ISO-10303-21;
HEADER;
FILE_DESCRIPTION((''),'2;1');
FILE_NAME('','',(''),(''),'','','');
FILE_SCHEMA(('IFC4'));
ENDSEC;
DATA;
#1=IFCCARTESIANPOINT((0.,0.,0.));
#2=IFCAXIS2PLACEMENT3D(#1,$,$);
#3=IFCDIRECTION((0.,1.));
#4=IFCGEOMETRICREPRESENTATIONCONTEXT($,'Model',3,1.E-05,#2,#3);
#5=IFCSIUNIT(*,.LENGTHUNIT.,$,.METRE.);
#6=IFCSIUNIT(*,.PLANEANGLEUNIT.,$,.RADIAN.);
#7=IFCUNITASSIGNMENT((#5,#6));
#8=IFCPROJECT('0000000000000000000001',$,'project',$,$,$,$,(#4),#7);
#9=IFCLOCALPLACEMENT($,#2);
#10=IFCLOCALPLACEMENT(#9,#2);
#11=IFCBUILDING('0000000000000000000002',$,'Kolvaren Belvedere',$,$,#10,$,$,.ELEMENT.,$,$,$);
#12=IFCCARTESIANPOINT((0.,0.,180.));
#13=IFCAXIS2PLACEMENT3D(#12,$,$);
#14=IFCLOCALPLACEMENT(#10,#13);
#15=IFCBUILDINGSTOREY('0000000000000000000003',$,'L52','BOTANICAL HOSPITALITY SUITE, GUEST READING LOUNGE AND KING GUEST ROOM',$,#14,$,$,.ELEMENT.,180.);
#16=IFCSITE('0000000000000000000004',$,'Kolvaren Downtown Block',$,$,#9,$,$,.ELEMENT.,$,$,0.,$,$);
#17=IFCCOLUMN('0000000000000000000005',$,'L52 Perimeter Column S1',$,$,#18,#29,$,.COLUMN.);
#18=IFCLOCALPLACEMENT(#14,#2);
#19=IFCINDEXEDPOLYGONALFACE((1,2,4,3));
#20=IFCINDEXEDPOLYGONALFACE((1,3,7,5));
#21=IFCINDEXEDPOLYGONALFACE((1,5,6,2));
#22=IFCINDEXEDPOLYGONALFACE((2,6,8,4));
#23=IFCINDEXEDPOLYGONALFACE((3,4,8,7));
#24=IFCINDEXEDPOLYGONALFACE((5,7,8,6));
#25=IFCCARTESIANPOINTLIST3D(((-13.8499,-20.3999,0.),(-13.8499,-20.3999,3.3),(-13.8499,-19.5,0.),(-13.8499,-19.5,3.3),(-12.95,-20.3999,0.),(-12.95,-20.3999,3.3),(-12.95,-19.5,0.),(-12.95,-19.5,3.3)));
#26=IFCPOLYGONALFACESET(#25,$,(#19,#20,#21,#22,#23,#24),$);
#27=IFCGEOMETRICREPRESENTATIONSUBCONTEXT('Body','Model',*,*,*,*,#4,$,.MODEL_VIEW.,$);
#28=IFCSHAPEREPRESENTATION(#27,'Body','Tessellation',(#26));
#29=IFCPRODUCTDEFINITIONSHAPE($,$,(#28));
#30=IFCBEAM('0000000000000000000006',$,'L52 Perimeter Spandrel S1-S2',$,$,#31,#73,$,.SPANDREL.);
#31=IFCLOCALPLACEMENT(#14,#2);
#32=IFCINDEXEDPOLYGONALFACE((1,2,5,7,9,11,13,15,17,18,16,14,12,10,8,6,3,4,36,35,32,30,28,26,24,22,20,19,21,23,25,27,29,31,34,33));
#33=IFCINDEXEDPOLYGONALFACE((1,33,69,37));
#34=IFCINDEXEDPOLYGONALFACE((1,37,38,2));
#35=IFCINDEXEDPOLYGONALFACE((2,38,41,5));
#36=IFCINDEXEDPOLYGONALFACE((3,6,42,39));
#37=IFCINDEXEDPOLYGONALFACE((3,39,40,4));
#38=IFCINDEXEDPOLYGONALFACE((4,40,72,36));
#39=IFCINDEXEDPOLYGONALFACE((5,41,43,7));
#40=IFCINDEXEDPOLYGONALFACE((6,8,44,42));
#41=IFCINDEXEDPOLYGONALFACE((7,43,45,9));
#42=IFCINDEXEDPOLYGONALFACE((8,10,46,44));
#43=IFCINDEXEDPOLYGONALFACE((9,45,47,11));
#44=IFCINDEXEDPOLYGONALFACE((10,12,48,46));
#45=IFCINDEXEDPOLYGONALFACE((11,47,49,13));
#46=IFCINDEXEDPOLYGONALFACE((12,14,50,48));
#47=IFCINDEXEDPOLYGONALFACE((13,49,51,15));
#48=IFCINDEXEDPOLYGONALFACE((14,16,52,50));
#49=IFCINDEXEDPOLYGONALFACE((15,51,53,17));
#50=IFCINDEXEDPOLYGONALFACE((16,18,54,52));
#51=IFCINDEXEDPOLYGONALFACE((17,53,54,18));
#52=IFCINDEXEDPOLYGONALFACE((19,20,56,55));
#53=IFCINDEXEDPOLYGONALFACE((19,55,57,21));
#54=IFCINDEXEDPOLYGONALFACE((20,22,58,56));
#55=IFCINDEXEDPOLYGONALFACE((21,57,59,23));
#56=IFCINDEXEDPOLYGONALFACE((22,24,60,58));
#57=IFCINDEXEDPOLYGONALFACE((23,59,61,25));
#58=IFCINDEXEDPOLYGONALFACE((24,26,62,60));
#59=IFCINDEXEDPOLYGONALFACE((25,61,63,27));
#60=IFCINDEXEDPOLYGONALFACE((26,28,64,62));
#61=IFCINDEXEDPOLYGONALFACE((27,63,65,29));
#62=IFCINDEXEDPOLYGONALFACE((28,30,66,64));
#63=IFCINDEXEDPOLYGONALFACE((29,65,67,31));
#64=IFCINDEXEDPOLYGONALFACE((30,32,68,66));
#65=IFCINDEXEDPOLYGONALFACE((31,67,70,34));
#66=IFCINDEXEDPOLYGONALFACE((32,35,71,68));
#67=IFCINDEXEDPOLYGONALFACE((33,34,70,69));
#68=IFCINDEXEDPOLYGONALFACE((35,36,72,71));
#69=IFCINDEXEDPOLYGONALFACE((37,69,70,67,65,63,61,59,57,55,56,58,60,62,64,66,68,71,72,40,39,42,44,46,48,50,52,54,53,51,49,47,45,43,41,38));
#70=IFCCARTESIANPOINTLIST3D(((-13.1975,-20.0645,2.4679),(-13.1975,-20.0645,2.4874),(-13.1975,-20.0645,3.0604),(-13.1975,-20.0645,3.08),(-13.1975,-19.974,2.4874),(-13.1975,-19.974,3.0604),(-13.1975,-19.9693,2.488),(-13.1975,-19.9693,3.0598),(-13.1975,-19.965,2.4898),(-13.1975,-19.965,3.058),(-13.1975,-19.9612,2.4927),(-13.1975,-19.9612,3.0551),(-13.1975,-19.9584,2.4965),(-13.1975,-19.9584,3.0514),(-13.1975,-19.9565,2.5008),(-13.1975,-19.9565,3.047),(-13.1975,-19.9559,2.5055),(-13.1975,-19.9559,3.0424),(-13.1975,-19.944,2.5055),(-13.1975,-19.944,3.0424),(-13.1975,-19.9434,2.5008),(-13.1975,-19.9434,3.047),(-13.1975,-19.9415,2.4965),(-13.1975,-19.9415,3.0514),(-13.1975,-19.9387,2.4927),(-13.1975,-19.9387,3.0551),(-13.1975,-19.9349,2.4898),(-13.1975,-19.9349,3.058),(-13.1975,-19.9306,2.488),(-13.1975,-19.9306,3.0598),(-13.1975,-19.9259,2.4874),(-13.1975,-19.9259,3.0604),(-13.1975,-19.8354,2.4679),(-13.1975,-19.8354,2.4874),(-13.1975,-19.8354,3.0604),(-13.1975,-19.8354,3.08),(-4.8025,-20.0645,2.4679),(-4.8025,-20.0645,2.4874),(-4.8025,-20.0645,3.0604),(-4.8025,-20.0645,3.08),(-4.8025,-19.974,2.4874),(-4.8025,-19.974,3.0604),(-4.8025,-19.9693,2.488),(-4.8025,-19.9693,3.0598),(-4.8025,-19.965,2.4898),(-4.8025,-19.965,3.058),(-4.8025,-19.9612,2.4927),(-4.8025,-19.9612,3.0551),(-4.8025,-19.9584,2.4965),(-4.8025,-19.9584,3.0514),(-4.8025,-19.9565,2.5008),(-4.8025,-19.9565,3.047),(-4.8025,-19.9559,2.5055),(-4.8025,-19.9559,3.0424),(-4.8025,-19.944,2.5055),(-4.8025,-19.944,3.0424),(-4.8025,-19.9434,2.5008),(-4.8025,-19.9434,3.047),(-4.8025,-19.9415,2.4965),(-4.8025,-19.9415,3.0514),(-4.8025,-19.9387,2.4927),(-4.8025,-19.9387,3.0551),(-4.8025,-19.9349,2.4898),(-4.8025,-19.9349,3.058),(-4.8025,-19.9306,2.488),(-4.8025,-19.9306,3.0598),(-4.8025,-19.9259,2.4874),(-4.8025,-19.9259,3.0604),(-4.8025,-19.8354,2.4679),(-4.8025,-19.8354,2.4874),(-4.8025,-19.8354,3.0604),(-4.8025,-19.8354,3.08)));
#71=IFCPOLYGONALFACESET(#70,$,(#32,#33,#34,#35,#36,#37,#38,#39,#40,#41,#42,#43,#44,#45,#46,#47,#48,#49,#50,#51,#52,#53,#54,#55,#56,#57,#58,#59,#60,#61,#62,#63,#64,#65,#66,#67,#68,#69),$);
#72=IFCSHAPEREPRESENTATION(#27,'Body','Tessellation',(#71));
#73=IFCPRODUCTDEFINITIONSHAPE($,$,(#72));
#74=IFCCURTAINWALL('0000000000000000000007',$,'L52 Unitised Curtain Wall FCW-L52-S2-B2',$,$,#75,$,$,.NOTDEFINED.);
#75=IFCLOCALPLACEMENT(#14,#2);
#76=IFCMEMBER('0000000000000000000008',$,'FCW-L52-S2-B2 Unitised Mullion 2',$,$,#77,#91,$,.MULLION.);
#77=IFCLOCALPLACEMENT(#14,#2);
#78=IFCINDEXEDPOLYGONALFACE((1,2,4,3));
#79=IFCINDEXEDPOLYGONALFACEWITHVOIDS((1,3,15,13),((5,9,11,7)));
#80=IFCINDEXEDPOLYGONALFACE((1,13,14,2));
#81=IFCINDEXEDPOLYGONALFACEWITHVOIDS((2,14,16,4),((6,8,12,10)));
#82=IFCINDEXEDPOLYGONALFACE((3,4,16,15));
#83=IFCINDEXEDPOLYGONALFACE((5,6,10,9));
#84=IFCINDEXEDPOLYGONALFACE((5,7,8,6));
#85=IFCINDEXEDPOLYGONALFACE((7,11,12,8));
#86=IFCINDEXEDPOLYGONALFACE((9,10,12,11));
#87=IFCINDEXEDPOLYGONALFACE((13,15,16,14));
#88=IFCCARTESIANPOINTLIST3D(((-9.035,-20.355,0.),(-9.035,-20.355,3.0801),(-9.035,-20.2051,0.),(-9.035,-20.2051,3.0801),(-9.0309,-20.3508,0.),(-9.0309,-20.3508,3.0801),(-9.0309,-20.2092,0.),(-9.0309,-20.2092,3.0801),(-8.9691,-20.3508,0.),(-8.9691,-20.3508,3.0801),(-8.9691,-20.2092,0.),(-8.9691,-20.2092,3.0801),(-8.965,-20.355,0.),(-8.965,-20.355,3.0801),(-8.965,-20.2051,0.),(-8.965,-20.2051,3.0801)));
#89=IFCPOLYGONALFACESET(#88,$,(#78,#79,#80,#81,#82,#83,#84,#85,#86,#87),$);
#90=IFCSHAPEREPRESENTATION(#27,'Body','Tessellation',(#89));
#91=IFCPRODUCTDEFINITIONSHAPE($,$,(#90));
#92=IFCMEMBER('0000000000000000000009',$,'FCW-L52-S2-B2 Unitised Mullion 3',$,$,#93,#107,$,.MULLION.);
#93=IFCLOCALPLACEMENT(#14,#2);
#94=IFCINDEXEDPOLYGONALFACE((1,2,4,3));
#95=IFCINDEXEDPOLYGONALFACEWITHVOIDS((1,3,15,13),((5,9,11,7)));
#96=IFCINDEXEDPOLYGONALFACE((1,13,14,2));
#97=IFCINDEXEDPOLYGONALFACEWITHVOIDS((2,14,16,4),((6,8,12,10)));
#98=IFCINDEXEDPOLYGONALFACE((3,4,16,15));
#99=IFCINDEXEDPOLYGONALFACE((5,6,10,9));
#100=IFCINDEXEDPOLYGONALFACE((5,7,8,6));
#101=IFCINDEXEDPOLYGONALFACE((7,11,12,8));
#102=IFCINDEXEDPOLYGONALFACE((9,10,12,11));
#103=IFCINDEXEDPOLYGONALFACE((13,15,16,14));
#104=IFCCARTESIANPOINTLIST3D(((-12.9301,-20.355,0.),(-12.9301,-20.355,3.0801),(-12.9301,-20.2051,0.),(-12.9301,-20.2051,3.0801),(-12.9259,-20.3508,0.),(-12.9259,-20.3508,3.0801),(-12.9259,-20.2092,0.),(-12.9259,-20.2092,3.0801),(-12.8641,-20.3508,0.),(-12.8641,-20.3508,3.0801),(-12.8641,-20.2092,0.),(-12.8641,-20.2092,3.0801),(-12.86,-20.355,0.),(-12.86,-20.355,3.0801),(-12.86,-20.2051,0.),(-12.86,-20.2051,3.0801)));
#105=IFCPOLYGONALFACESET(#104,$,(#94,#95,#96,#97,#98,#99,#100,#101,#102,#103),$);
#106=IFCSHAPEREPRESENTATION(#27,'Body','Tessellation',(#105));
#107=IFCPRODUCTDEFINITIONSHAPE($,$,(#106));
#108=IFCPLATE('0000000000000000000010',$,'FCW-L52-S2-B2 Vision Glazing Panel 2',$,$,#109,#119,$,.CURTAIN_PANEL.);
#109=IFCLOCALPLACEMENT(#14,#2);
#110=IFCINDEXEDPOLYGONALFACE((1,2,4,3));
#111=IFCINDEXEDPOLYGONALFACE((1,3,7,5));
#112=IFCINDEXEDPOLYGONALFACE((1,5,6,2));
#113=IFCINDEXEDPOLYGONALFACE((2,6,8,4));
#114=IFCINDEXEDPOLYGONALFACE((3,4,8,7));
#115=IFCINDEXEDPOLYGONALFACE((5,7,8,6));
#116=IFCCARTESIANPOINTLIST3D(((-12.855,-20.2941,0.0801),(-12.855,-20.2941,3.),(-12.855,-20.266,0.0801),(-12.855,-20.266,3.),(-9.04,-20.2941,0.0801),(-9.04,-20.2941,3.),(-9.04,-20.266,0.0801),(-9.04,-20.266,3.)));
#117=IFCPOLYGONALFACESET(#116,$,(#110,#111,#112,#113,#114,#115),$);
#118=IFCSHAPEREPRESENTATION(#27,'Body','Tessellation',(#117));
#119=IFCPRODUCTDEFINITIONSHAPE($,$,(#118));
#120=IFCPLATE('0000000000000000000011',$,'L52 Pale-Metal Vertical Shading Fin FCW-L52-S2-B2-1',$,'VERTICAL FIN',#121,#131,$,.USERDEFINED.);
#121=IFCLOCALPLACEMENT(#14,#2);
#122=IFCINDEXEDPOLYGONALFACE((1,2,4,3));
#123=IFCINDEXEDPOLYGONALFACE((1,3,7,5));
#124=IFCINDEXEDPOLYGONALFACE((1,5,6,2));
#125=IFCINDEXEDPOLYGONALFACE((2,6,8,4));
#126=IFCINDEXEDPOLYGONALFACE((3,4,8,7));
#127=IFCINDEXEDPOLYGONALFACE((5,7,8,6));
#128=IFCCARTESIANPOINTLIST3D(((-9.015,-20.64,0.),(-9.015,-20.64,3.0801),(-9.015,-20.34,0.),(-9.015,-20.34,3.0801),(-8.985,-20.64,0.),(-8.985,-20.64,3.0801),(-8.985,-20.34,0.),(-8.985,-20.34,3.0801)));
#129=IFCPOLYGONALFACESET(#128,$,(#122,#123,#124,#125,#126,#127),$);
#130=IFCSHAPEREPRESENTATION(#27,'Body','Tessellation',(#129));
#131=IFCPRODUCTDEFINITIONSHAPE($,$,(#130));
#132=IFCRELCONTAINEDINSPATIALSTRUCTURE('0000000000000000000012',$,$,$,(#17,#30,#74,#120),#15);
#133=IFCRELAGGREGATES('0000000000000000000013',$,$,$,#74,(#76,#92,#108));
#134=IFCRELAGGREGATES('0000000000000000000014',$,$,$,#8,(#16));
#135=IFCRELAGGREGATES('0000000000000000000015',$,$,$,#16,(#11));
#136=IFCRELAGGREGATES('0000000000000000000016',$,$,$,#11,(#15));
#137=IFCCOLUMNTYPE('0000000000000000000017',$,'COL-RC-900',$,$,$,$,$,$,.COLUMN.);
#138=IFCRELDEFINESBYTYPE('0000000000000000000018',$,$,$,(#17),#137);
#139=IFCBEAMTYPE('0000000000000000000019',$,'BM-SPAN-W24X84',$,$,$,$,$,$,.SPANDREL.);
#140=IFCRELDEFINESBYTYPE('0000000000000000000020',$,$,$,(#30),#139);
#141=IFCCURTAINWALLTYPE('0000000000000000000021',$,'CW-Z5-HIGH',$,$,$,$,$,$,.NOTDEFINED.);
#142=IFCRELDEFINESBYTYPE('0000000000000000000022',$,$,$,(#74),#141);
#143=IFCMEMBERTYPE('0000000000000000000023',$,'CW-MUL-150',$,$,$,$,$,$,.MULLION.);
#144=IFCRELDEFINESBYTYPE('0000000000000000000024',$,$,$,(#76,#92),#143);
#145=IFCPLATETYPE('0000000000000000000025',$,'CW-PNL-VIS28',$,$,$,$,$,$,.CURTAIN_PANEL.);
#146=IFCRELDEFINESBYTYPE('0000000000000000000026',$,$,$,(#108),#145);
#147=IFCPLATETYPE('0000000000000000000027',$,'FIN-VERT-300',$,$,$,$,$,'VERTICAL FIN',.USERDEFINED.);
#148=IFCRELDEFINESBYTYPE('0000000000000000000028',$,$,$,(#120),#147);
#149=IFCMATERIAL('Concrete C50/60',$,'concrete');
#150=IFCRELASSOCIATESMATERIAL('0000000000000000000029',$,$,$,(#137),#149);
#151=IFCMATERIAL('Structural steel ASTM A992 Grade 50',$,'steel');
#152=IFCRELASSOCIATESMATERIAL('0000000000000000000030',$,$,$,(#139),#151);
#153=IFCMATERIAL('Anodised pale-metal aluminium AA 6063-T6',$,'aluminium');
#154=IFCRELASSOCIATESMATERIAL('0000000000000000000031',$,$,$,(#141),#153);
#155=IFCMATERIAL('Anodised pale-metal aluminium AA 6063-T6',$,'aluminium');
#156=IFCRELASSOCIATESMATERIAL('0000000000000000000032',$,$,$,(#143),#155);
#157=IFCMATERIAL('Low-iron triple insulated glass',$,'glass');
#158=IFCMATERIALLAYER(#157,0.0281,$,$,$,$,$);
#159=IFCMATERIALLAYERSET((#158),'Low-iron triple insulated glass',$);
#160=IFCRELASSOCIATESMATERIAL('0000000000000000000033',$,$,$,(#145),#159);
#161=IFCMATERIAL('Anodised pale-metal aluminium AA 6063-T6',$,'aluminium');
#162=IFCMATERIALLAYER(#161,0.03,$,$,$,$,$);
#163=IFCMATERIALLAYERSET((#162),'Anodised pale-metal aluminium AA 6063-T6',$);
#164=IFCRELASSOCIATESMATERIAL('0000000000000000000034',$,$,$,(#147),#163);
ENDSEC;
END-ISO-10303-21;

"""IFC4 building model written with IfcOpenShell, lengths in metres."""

from ifc_helpers import new_model, si_unit, direction, frame, origin, origin_2d, place, context, subcontext, project, spatial, rectangle, hollow_rectangle, i_section, extrude, material, layer, layer_set, material_profile, profile_set, type_object, element, aggregate, save


model = new_model("IFC4")

# Units and contexts
model_context = context("Model", 3, precision=1e-05, world=origin(), true_north=direction((0.0, 1.0)))
body_context = subcontext(model_context, "Body", "Model", "MODEL_VIEW")
ifc_project = project(units=[si_unit("LENGTHUNIT", "METRE"), si_unit("PLANEANGLEUNIT", "RADIAN")], contexts=[model_context])

# Site, building, storey
site_placement = place(None, origin())
site = spatial("IfcSite", under=ifc_project, at=site_placement, Name="Kolvaren Downtown Block", CompositionType="ELEMENT", RefElevation=0.0)
building_placement = place(site_placement, origin())
building = spatial("IfcBuilding", under=site, at=building_placement, Name="Kolvaren Belvedere", CompositionType="ELEMENT")
storey_placement = place(building_placement, frame((0.0, 0.0, 180.0)))
storey = spatial("IfcBuildingStorey", under=building, at=storey_placement, Name="L52", Description="BOTANICAL HOSPITALITY SUITE, GUEST READING LOUNGE AND KING GUEST ROOM", CompositionType="ELEMENT", Elevation=180.0)

# Column
ifc_material_1 = material(Name="Concrete C50/60", Category="concrete")
ifc_material_profile_1 = material_profile(ifc_material_1, rectangle(XDim=0.8999, YDim=0.8999, at=origin_2d()), Name="RC 900X900")
ifc_profile_set_1 = profile_set([ifc_material_profile_1], Name="Concrete C50/60")
column_type = type_object("IfcColumnType", Name="COL-RC-900", PredefinedType="COLUMN", material=ifc_profile_set_1)
column_placement = place(storey_placement, frame((-13.3999, -19.95, 0.0), z_axis=(0.0, 0.0, 1.0), x_axis=(1.0, 0.0, 0.0)))
element("IfcColumn", 1, at=column_placement, inside=storey, type_object=column_type, Name="L52 Perimeter Column S1", PredefinedType="COLUMN", context=body_context, shape_type="SweptSolid", body=[
    extrude(rectangle(XDim=0.8999, YDim=0.8999, at=origin_2d()), origin(), (0.0, 0.0, 1.0), 3.3),
])

# Beam
ifc_material_2 = material(Name="Structural steel ASTM A992 Grade 50", Category="steel")
ifc_material_profile_2 = material_profile(ifc_material_2, i_section(OverallWidth=0.229, OverallDepth=0.6121, WebThickness=0.012, FlangeThickness=0.0195, FilletRadius=0.0181, at=origin_2d()), Name="W24X84")
ifc_profile_set_2 = profile_set([ifc_material_profile_2], Name="Structural steel ASTM A992 Grade 50")
beam_type = type_object("IfcBeamType", Name="BM-SPAN-W24X84", PredefinedType="SPANDREL", material=ifc_profile_set_2)
beam_placement = place(storey_placement, frame((-13.1975, -19.95, 2.7739), z_axis=(1.0, 0.0, 0.0), x_axis=(0.0, 1.0, 0.0)))
element("IfcBeam", 2, at=beam_placement, inside=storey, type_object=beam_type, Name="L52 Perimeter Spandrel S1-S2", PredefinedType="SPANDREL", context=body_context, shape_type="SweptSolid", body=[
    extrude(i_section(OverallWidth=0.229, OverallDepth=0.6121, WebThickness=0.012, FlangeThickness=0.0195, FilletRadius=0.0181, at=origin_2d()), origin(), (0.0, 0.0, 1.0), 8.395),
])

# Curtain wall, members, plate
ifc_material_3 = material(Name="Anodised pale-metal aluminium AA 6063-T6", Category="aluminium")
curtain_wall_type = type_object("IfcCurtainWallType", Name="CW-Z5-HIGH", PredefinedType="NOTDEFINED", material=ifc_material_3)
curtain_wall_placement = place(storey_placement, origin())
curtain_wall = element("IfcCurtainWall", 3, at=curtain_wall_placement, inside=storey, type_object=curtain_wall_type, Name="L52 Unitised Curtain Wall FCW-L52-S2-B2", PredefinedType="NOTDEFINED")
ifc_material_4 = material(Name="Anodised pale-metal aluminium AA 6063-T6", Category="aluminium")
ifc_material_profile_3 = material_profile(ifc_material_4, hollow_rectangle(XDim=0.0701, YDim=0.1499, WallThickness=0.0042, at=origin_2d()), Name="ALU-MUL-150X70")
ifc_profile_set_3 = profile_set([ifc_material_profile_3], Name="Anodised pale-metal aluminium AA 6063-T6")
member_type = type_object("IfcMemberType", Name="CW-MUL-150", PredefinedType="MULLION", material=ifc_profile_set_3)
member_1_placement = place(storey_placement, frame((-9.0, -20.28, 0.0), z_axis=(0.0, 0.0, 1.0), x_axis=(1.0, 0.0, 0.0)))
member_1 = element("IfcMember", 4, at=member_1_placement, type_object=member_type, Name="FCW-L52-S2-B2 Unitised Mullion 2", PredefinedType="MULLION", context=body_context, shape_type="SweptSolid", body=[
    extrude(hollow_rectangle(XDim=0.0701, YDim=0.1499, WallThickness=0.0042, at=origin_2d()), origin(), (0.0, 0.0, 1.0), 3.0801),
])
member_2_placement = place(storey_placement, frame((-12.895, -20.28, 0.0), z_axis=(0.0, 0.0, 1.0), x_axis=(1.0, 0.0, 0.0)))
member_2 = element("IfcMember", 5, at=member_2_placement, type_object=member_type, Name="FCW-L52-S2-B2 Unitised Mullion 3", PredefinedType="MULLION", context=body_context, shape_type="SweptSolid", body=[
    extrude(hollow_rectangle(XDim=0.0701, YDim=0.1499, WallThickness=0.0042, at=origin_2d()), origin(), (0.0, 0.0, 1.0), 3.0801),
])
ifc_material_5 = material(Name="Low-iron triple insulated glass", Category="glass")
ifc_layer_1 = layer(ifc_material_5, 0.0281)
ifc_layer_set_1 = layer_set([ifc_layer_1], Name="Low-iron triple insulated glass")
plate_type_1 = type_object("IfcPlateType", Name="CW-PNL-VIS28", PredefinedType="CURTAIN_PANEL", material=ifc_layer_set_1)
plate_1_placement = place(storey_placement, frame((-10.9475, -20.28, 0.0801), z_axis=(0.0, 0.0, 1.0), x_axis=(-1.0, 0.0, 0.0)))
plate_1 = element("IfcPlate", 6, at=plate_1_placement, type_object=plate_type_1, Name="FCW-L52-S2-B2 Vision Glazing Panel 2", PredefinedType="CURTAIN_PANEL", context=body_context, shape_type="SweptSolid", body=[
    extrude(rectangle(XDim=3.8149, YDim=0.0281, at=origin_2d()), origin(), (0.0, 0.0, 1.0), 2.9199),
])
aggregate(curtain_wall, [member_1, member_2, plate_1])

# Plate
ifc_material_6 = material(Name="Anodised pale-metal aluminium AA 6063-T6", Category="aluminium")
ifc_layer_2 = layer(ifc_material_6, 0.03)
ifc_layer_set_2 = layer_set([ifc_layer_2], Name="Anodised pale-metal aluminium AA 6063-T6")
plate_type_2 = type_object("IfcPlateType", Name="FIN-VERT-300", ElementType="VERTICAL FIN", PredefinedType="USERDEFINED", material=ifc_layer_set_2)
plate_2_placement = place(storey_placement, frame((-9.0, -20.49, 0.0), z_axis=(0.0, 0.0, 1.0), x_axis=(0.0, 1.0, 0.0)))
element("IfcPlate", 7, at=plate_2_placement, inside=storey, type_object=plate_type_2, Name="L52 Pale-Metal Vertical Shading Fin FCW-L52-S2-B2-1", ObjectType="VERTICAL FIN", PredefinedType="USERDEFINED", context=body_context, shape_type="SweptSolid", body=[
    extrude(rectangle(XDim=0.3, YDim=0.03, at=origin_2d()), origin(), (0.0, 0.0, 1.0), 3.0801),
])

save(model, "model.ifc")
